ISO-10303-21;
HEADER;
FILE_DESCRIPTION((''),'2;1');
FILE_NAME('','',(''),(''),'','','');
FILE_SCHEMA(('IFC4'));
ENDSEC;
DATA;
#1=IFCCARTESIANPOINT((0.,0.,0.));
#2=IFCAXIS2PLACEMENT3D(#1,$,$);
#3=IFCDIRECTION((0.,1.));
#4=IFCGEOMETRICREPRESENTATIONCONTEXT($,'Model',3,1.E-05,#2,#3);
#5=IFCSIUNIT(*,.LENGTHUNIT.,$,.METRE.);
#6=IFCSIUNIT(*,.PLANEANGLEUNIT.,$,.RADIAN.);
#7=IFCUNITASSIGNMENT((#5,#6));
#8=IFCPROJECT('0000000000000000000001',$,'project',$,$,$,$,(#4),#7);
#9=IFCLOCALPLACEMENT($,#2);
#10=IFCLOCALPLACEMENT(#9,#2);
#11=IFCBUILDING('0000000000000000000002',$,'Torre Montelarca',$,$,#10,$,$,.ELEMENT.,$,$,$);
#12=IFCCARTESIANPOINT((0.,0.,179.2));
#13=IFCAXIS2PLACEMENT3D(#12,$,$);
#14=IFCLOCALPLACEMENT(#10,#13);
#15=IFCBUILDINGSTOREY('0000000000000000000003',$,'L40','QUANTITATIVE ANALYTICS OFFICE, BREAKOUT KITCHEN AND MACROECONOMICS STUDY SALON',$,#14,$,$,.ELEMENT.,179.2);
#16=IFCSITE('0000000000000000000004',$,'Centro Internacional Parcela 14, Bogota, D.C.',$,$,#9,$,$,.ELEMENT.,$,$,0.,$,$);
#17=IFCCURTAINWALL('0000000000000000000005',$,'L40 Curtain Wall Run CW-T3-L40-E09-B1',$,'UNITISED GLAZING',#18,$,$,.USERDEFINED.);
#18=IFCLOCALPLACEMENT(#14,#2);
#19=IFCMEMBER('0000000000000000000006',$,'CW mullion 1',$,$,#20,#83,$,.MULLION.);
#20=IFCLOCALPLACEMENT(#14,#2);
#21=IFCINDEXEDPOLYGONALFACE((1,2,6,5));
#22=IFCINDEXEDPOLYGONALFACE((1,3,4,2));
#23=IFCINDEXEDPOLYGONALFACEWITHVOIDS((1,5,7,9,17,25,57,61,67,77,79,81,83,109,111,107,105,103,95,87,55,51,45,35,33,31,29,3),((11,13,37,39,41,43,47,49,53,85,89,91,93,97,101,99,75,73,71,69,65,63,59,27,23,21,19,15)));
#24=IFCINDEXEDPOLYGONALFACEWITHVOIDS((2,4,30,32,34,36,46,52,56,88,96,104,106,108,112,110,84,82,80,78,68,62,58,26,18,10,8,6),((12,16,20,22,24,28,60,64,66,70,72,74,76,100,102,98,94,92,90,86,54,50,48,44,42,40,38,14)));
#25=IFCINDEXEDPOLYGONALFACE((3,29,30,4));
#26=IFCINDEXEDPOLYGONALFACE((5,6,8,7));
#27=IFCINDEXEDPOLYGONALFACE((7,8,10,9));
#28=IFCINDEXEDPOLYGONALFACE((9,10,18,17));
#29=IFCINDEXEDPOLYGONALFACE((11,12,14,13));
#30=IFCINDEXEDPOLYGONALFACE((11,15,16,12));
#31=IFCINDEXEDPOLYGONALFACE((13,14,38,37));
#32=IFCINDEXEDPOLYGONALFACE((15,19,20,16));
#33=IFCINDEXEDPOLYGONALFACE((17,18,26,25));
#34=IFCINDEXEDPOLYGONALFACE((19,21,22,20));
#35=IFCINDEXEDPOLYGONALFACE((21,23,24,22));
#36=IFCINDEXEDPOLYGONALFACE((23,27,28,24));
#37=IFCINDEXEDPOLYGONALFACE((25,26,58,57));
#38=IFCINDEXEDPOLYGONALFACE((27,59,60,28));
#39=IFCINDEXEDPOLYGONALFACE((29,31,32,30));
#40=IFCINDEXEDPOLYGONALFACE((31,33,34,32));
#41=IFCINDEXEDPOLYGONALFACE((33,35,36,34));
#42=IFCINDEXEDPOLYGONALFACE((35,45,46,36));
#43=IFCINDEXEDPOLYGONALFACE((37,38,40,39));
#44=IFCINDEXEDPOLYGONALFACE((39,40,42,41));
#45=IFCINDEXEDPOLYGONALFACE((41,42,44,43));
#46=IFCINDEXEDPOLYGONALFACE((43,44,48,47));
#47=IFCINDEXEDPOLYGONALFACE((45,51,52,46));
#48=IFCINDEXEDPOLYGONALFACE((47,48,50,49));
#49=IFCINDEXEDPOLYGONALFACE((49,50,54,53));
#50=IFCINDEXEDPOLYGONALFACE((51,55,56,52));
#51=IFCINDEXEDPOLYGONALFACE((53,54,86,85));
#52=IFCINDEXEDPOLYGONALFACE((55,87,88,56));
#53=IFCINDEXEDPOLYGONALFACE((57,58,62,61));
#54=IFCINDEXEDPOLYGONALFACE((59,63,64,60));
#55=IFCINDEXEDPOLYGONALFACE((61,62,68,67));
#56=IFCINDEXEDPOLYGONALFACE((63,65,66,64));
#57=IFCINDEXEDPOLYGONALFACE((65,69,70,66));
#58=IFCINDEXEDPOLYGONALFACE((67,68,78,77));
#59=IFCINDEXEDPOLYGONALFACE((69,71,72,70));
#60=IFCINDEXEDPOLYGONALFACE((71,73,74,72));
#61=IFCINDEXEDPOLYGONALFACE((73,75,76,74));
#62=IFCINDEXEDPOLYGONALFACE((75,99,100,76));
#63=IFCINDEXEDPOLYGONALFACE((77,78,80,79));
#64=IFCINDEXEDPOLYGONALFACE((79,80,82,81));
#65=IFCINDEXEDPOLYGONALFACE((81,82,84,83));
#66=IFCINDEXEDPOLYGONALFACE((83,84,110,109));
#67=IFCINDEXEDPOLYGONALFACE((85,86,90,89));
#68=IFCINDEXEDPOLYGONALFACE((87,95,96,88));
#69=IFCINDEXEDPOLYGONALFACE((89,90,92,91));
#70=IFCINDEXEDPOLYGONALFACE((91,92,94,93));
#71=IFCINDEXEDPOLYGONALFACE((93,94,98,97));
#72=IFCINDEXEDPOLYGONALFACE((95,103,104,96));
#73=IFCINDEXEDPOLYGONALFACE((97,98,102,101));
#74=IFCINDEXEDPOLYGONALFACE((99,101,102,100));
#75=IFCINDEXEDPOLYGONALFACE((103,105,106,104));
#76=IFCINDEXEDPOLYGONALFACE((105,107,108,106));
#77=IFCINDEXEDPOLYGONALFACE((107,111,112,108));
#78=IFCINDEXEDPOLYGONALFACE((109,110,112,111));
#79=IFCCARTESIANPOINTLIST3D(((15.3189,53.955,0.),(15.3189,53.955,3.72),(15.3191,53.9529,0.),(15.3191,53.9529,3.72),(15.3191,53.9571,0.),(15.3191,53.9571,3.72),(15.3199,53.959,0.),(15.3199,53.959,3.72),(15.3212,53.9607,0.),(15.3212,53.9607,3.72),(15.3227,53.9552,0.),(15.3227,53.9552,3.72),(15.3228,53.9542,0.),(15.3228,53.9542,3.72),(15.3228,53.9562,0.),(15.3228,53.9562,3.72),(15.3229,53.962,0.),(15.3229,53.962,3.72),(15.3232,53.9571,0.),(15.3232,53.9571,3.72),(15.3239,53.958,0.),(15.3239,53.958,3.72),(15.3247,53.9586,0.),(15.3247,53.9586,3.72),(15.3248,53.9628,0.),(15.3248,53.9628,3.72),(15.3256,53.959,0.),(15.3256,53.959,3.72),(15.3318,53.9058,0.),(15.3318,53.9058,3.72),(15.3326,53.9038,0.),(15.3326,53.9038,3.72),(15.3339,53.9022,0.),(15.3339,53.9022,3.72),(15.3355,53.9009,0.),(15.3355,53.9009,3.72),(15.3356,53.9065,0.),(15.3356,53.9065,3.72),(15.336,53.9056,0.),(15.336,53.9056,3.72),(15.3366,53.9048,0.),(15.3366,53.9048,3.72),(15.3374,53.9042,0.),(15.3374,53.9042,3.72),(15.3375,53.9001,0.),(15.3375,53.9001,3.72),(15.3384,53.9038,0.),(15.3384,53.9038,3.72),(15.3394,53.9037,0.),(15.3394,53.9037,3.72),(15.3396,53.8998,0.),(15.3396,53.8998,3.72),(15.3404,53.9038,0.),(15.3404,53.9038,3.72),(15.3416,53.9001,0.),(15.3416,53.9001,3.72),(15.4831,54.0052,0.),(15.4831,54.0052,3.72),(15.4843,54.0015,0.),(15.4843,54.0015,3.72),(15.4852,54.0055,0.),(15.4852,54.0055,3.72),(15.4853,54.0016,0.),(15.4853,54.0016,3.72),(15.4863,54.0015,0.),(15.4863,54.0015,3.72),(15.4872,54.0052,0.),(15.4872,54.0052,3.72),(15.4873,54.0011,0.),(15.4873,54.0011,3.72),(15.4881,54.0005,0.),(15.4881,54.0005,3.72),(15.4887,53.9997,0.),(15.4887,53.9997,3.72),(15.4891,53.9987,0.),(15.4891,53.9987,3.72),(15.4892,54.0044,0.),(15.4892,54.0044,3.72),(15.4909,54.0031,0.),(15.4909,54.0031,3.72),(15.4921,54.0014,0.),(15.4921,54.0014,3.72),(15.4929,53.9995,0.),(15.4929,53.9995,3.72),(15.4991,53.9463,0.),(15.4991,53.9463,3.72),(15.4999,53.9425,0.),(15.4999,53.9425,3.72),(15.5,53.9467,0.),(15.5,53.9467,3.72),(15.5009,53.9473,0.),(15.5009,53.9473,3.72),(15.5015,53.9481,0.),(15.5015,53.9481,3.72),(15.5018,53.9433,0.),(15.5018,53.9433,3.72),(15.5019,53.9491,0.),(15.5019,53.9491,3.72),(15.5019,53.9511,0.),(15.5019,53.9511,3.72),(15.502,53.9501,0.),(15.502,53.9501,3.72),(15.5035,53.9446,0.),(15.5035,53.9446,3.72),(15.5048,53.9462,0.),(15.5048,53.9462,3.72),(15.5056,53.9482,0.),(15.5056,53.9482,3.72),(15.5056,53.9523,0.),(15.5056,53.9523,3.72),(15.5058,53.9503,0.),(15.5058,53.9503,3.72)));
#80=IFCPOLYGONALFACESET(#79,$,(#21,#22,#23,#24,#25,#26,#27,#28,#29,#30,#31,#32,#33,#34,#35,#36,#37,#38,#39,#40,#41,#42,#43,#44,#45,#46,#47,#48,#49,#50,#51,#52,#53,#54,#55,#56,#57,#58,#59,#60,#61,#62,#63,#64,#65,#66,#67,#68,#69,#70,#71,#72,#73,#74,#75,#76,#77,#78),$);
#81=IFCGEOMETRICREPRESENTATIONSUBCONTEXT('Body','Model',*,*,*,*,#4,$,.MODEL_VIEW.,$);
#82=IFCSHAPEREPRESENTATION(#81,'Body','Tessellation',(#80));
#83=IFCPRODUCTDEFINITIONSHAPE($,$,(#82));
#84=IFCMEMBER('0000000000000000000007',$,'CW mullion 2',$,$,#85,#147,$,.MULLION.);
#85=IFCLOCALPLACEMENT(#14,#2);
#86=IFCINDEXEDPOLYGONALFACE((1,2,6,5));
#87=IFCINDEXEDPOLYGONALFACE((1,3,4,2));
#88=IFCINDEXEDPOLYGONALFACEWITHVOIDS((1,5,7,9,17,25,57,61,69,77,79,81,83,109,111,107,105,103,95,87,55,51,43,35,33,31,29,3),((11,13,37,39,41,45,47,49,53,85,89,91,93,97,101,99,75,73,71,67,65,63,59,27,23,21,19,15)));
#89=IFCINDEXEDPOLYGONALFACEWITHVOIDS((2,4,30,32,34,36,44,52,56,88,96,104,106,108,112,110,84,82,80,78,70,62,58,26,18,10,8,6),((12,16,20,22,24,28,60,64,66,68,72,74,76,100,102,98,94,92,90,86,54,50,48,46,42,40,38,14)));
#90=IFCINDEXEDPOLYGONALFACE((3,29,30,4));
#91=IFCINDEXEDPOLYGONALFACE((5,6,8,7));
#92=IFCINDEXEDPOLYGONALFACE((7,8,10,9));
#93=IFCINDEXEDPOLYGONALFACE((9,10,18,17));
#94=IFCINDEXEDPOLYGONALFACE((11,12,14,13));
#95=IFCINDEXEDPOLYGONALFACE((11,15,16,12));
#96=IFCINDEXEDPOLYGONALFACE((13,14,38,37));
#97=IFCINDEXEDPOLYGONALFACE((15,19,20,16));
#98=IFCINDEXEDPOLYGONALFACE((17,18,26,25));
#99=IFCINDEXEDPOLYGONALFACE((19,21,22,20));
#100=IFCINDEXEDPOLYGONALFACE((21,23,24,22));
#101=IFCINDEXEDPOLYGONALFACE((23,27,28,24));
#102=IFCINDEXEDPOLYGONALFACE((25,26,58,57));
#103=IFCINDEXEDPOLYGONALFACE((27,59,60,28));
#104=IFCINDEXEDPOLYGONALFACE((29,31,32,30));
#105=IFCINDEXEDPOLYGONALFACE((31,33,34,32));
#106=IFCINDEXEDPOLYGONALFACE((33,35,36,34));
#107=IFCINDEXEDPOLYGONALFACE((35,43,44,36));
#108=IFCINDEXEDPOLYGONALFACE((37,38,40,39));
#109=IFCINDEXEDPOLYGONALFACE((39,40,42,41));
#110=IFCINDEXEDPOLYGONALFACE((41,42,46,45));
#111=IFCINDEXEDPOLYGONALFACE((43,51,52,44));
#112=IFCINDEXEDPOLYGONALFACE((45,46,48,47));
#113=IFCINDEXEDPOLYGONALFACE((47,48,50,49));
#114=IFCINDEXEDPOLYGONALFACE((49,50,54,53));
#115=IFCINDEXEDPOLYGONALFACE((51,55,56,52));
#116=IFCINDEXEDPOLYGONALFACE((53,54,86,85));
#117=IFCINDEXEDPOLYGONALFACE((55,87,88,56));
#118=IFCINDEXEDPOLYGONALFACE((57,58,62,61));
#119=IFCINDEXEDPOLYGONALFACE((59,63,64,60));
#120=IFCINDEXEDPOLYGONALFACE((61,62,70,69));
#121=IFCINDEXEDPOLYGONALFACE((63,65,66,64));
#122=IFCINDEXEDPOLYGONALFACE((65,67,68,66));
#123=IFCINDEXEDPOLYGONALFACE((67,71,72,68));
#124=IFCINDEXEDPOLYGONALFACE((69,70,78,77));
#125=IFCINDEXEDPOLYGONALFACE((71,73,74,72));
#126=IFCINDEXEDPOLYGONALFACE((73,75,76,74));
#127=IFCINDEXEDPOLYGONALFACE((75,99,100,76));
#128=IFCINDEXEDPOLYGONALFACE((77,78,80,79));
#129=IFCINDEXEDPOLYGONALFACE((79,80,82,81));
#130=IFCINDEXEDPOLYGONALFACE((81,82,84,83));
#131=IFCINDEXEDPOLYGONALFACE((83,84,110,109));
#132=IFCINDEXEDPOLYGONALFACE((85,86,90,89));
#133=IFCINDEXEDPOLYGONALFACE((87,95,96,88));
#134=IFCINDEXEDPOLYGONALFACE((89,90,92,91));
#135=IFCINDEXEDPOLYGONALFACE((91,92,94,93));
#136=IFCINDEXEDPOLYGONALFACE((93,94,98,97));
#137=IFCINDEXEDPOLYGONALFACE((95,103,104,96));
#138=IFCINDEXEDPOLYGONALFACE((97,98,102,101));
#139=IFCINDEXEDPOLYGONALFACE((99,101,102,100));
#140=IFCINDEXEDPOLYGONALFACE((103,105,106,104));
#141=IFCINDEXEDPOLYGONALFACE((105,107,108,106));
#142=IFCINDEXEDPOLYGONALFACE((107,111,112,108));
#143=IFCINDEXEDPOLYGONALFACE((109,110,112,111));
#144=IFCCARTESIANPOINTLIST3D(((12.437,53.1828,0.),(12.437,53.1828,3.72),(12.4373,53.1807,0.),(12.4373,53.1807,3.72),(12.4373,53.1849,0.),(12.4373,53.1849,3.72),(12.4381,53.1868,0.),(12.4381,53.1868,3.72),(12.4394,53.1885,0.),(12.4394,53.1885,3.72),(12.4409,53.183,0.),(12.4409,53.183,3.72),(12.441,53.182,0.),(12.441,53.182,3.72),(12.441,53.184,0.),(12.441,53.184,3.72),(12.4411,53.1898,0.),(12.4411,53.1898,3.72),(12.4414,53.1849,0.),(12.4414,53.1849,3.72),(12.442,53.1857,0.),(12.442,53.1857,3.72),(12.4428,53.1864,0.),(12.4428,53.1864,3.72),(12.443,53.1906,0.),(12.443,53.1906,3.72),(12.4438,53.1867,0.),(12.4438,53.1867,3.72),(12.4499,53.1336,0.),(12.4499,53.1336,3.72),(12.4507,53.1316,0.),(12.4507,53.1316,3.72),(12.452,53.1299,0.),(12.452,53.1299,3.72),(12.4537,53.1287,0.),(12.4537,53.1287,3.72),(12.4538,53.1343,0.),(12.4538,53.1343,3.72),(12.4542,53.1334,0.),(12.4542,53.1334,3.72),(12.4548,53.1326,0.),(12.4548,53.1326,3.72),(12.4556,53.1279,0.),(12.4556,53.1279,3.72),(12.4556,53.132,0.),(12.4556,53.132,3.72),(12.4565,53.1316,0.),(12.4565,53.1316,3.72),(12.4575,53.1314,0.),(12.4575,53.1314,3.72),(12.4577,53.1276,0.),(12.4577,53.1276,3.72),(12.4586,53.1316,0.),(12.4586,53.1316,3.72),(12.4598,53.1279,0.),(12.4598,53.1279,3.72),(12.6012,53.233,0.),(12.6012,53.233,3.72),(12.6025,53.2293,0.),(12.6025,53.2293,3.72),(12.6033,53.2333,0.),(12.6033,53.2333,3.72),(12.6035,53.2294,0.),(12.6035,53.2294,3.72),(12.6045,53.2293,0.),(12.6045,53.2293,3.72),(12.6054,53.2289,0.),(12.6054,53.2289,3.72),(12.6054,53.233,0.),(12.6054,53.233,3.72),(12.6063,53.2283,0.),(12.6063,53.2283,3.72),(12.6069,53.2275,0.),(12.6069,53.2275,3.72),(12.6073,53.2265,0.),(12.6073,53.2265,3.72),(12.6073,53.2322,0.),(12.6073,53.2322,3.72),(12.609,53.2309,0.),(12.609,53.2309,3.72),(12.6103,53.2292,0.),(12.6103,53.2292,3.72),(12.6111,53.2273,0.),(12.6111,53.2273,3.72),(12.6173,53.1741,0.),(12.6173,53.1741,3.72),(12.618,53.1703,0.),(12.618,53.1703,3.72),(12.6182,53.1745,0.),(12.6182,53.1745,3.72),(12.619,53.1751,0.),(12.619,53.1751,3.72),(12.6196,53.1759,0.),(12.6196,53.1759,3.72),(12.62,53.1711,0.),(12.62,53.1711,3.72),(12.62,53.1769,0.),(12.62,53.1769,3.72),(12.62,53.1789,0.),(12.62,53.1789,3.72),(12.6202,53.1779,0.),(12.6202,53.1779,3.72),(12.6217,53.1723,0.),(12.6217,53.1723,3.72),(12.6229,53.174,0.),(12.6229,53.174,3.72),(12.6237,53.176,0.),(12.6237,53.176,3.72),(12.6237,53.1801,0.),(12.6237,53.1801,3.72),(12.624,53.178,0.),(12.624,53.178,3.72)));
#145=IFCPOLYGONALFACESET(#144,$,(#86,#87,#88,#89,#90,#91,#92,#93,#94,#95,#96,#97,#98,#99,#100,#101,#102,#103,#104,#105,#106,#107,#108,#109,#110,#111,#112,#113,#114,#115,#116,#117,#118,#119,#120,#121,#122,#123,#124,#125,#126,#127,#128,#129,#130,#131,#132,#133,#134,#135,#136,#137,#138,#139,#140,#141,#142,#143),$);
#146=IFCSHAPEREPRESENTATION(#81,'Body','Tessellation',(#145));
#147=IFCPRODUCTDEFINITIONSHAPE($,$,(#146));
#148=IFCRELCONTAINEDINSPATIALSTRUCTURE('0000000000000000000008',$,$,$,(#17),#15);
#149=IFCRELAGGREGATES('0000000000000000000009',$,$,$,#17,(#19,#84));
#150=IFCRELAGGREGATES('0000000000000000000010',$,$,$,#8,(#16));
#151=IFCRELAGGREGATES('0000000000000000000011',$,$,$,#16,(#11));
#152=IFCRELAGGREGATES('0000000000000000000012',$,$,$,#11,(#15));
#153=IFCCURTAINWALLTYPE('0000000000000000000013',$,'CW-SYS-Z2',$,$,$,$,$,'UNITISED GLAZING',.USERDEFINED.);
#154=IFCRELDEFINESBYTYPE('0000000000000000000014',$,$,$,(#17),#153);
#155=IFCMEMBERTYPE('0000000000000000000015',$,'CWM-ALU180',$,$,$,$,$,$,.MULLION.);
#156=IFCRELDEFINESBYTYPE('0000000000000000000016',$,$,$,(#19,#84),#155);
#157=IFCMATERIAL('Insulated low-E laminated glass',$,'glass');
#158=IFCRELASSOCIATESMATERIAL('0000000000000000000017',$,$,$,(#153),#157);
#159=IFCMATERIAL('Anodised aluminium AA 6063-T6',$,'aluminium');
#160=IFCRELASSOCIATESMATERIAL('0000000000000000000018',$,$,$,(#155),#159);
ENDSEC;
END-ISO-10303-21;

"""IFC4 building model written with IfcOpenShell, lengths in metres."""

from ifc_helpers import new_model, si_unit, direction, frame, origin, origin_2d, place, context, subcontext, project, spatial, hollow_rectangle, extrude, source, transform, mapped, material, material_profile, profile_set, type_object, element, aggregate, save


model = new_model("IFC4")

# Units and contexts
model_context = context("Model", 3, precision=1e-05, world=origin(), true_north=direction((0.0, 1.0)))
body_context = subcontext(model_context, "Body", "Model", "MODEL_VIEW")
ifc_project = project(units=[si_unit("LENGTHUNIT", "METRE"), si_unit("PLANEANGLEUNIT", "RADIAN")], contexts=[model_context])

# Site, building, storey
site_placement = place(None, origin())
site = spatial("IfcSite", under=ifc_project, at=site_placement, Name="Centro Internacional Parcela 14, Bogota, D.C.", CompositionType="ELEMENT", RefElevation=0.0)
building_placement = place(site_placement, origin())
building = spatial("IfcBuilding", under=site, at=building_placement, Name="Torre Montelarca", CompositionType="ELEMENT")
storey_placement = place(building_placement, frame((0.0, 0.0, 179.2)))
storey = spatial("IfcBuildingStorey", under=building, at=storey_placement, Name="L40", Description="QUANTITATIVE ANALYTICS OFFICE, BREAKOUT KITCHEN AND MACROECONOMICS STUDY SALON", CompositionType="ELEMENT", Elevation=179.2)

# Curtain wall
ifc_material_1 = material(Name="Insulated low-E laminated glass", Category="glass")
curtain_wall_type = type_object("IfcCurtainWallType", Name="CW-SYS-Z2", ElementType="UNITISED GLAZING", PredefinedType="USERDEFINED", material=ifc_material_1)
curtain_wall_1_placement = place(storey_placement, origin())
curtain_wall_1 = element("IfcCurtainWall", 1, at=curtain_wall_1_placement, inside=storey, type_object=curtain_wall_type, Name="L40 Curtain Wall Run CW-T3-L40-E09-B1", ObjectType="UNITISED GLAZING", PredefinedType="USERDEFINED")
ifc_material_2 = material(Name="Anodised aluminium AA 6063-T6", Category="aluminium")

# Shared definitions
ifc_material_profile_1 = material_profile(ifc_material_2, hollow_rectangle(XDim=0.0649, YDim=0.1799, WallThickness=0.0039, InnerFilletRadius=0.0039, OuterFilletRadius=0.0081, at=origin_2d()), Name="ALU65X180X4", Category="aluminium")
ifc_profile_set_1 = profile_set([ifc_material_profile_1], Name="Anodised aluminium AA 6063-T6")
member_type_1 = type_object("IfcMemberType", Name="CWM-ALU180", PredefinedType="MULLION", material=ifc_profile_set_1)
shared_shape_1 = source(origin(), body_context, "Body", "SweptSolid", [
    extrude(hollow_rectangle(XDim=0.0649, YDim=0.1799, WallThickness=0.0039, InnerFilletRadius=0.0039, OuterFilletRadius=0.0081, at=origin_2d()), origin(), (0.0, 0.0, 1.0), 3.72),
])

# Members
member_1_placement = place(storey_placement, frame((15.4124, 53.9526, 0.0), z_axis=(0.0, 0.0, 1.0), x_axis=(0.258814, -0.965927, 0.0)))
member_1 = element("IfcMember", 2, at=member_1_placement, type_object=member_type_1, Name="CW mullion 1", PredefinedType="MULLION", context=body_context, shape_type="MappedRepresentation", body=[
    mapped(shared_shape_1, transform((0.0, 0.0, 0.0), scale=1.0)),
])
member_2_placement = place(storey_placement, frame((12.5305, 53.1804, 0.0), z_axis=(0.0, 0.0, 1.0), x_axis=(0.258814, -0.965927, 0.0)))
member_2 = element("IfcMember", 3, at=member_2_placement, type_object=member_type_1, Name="CW mullion 2", PredefinedType="MULLION", context=body_context, shape_type="MappedRepresentation", body=[
    mapped(shared_shape_1, transform((0.0, 0.0, 0.0), scale=1.0)),
])

aggregate(curtain_wall_1, [member_1, member_2])

save(model, "model.ifc")
